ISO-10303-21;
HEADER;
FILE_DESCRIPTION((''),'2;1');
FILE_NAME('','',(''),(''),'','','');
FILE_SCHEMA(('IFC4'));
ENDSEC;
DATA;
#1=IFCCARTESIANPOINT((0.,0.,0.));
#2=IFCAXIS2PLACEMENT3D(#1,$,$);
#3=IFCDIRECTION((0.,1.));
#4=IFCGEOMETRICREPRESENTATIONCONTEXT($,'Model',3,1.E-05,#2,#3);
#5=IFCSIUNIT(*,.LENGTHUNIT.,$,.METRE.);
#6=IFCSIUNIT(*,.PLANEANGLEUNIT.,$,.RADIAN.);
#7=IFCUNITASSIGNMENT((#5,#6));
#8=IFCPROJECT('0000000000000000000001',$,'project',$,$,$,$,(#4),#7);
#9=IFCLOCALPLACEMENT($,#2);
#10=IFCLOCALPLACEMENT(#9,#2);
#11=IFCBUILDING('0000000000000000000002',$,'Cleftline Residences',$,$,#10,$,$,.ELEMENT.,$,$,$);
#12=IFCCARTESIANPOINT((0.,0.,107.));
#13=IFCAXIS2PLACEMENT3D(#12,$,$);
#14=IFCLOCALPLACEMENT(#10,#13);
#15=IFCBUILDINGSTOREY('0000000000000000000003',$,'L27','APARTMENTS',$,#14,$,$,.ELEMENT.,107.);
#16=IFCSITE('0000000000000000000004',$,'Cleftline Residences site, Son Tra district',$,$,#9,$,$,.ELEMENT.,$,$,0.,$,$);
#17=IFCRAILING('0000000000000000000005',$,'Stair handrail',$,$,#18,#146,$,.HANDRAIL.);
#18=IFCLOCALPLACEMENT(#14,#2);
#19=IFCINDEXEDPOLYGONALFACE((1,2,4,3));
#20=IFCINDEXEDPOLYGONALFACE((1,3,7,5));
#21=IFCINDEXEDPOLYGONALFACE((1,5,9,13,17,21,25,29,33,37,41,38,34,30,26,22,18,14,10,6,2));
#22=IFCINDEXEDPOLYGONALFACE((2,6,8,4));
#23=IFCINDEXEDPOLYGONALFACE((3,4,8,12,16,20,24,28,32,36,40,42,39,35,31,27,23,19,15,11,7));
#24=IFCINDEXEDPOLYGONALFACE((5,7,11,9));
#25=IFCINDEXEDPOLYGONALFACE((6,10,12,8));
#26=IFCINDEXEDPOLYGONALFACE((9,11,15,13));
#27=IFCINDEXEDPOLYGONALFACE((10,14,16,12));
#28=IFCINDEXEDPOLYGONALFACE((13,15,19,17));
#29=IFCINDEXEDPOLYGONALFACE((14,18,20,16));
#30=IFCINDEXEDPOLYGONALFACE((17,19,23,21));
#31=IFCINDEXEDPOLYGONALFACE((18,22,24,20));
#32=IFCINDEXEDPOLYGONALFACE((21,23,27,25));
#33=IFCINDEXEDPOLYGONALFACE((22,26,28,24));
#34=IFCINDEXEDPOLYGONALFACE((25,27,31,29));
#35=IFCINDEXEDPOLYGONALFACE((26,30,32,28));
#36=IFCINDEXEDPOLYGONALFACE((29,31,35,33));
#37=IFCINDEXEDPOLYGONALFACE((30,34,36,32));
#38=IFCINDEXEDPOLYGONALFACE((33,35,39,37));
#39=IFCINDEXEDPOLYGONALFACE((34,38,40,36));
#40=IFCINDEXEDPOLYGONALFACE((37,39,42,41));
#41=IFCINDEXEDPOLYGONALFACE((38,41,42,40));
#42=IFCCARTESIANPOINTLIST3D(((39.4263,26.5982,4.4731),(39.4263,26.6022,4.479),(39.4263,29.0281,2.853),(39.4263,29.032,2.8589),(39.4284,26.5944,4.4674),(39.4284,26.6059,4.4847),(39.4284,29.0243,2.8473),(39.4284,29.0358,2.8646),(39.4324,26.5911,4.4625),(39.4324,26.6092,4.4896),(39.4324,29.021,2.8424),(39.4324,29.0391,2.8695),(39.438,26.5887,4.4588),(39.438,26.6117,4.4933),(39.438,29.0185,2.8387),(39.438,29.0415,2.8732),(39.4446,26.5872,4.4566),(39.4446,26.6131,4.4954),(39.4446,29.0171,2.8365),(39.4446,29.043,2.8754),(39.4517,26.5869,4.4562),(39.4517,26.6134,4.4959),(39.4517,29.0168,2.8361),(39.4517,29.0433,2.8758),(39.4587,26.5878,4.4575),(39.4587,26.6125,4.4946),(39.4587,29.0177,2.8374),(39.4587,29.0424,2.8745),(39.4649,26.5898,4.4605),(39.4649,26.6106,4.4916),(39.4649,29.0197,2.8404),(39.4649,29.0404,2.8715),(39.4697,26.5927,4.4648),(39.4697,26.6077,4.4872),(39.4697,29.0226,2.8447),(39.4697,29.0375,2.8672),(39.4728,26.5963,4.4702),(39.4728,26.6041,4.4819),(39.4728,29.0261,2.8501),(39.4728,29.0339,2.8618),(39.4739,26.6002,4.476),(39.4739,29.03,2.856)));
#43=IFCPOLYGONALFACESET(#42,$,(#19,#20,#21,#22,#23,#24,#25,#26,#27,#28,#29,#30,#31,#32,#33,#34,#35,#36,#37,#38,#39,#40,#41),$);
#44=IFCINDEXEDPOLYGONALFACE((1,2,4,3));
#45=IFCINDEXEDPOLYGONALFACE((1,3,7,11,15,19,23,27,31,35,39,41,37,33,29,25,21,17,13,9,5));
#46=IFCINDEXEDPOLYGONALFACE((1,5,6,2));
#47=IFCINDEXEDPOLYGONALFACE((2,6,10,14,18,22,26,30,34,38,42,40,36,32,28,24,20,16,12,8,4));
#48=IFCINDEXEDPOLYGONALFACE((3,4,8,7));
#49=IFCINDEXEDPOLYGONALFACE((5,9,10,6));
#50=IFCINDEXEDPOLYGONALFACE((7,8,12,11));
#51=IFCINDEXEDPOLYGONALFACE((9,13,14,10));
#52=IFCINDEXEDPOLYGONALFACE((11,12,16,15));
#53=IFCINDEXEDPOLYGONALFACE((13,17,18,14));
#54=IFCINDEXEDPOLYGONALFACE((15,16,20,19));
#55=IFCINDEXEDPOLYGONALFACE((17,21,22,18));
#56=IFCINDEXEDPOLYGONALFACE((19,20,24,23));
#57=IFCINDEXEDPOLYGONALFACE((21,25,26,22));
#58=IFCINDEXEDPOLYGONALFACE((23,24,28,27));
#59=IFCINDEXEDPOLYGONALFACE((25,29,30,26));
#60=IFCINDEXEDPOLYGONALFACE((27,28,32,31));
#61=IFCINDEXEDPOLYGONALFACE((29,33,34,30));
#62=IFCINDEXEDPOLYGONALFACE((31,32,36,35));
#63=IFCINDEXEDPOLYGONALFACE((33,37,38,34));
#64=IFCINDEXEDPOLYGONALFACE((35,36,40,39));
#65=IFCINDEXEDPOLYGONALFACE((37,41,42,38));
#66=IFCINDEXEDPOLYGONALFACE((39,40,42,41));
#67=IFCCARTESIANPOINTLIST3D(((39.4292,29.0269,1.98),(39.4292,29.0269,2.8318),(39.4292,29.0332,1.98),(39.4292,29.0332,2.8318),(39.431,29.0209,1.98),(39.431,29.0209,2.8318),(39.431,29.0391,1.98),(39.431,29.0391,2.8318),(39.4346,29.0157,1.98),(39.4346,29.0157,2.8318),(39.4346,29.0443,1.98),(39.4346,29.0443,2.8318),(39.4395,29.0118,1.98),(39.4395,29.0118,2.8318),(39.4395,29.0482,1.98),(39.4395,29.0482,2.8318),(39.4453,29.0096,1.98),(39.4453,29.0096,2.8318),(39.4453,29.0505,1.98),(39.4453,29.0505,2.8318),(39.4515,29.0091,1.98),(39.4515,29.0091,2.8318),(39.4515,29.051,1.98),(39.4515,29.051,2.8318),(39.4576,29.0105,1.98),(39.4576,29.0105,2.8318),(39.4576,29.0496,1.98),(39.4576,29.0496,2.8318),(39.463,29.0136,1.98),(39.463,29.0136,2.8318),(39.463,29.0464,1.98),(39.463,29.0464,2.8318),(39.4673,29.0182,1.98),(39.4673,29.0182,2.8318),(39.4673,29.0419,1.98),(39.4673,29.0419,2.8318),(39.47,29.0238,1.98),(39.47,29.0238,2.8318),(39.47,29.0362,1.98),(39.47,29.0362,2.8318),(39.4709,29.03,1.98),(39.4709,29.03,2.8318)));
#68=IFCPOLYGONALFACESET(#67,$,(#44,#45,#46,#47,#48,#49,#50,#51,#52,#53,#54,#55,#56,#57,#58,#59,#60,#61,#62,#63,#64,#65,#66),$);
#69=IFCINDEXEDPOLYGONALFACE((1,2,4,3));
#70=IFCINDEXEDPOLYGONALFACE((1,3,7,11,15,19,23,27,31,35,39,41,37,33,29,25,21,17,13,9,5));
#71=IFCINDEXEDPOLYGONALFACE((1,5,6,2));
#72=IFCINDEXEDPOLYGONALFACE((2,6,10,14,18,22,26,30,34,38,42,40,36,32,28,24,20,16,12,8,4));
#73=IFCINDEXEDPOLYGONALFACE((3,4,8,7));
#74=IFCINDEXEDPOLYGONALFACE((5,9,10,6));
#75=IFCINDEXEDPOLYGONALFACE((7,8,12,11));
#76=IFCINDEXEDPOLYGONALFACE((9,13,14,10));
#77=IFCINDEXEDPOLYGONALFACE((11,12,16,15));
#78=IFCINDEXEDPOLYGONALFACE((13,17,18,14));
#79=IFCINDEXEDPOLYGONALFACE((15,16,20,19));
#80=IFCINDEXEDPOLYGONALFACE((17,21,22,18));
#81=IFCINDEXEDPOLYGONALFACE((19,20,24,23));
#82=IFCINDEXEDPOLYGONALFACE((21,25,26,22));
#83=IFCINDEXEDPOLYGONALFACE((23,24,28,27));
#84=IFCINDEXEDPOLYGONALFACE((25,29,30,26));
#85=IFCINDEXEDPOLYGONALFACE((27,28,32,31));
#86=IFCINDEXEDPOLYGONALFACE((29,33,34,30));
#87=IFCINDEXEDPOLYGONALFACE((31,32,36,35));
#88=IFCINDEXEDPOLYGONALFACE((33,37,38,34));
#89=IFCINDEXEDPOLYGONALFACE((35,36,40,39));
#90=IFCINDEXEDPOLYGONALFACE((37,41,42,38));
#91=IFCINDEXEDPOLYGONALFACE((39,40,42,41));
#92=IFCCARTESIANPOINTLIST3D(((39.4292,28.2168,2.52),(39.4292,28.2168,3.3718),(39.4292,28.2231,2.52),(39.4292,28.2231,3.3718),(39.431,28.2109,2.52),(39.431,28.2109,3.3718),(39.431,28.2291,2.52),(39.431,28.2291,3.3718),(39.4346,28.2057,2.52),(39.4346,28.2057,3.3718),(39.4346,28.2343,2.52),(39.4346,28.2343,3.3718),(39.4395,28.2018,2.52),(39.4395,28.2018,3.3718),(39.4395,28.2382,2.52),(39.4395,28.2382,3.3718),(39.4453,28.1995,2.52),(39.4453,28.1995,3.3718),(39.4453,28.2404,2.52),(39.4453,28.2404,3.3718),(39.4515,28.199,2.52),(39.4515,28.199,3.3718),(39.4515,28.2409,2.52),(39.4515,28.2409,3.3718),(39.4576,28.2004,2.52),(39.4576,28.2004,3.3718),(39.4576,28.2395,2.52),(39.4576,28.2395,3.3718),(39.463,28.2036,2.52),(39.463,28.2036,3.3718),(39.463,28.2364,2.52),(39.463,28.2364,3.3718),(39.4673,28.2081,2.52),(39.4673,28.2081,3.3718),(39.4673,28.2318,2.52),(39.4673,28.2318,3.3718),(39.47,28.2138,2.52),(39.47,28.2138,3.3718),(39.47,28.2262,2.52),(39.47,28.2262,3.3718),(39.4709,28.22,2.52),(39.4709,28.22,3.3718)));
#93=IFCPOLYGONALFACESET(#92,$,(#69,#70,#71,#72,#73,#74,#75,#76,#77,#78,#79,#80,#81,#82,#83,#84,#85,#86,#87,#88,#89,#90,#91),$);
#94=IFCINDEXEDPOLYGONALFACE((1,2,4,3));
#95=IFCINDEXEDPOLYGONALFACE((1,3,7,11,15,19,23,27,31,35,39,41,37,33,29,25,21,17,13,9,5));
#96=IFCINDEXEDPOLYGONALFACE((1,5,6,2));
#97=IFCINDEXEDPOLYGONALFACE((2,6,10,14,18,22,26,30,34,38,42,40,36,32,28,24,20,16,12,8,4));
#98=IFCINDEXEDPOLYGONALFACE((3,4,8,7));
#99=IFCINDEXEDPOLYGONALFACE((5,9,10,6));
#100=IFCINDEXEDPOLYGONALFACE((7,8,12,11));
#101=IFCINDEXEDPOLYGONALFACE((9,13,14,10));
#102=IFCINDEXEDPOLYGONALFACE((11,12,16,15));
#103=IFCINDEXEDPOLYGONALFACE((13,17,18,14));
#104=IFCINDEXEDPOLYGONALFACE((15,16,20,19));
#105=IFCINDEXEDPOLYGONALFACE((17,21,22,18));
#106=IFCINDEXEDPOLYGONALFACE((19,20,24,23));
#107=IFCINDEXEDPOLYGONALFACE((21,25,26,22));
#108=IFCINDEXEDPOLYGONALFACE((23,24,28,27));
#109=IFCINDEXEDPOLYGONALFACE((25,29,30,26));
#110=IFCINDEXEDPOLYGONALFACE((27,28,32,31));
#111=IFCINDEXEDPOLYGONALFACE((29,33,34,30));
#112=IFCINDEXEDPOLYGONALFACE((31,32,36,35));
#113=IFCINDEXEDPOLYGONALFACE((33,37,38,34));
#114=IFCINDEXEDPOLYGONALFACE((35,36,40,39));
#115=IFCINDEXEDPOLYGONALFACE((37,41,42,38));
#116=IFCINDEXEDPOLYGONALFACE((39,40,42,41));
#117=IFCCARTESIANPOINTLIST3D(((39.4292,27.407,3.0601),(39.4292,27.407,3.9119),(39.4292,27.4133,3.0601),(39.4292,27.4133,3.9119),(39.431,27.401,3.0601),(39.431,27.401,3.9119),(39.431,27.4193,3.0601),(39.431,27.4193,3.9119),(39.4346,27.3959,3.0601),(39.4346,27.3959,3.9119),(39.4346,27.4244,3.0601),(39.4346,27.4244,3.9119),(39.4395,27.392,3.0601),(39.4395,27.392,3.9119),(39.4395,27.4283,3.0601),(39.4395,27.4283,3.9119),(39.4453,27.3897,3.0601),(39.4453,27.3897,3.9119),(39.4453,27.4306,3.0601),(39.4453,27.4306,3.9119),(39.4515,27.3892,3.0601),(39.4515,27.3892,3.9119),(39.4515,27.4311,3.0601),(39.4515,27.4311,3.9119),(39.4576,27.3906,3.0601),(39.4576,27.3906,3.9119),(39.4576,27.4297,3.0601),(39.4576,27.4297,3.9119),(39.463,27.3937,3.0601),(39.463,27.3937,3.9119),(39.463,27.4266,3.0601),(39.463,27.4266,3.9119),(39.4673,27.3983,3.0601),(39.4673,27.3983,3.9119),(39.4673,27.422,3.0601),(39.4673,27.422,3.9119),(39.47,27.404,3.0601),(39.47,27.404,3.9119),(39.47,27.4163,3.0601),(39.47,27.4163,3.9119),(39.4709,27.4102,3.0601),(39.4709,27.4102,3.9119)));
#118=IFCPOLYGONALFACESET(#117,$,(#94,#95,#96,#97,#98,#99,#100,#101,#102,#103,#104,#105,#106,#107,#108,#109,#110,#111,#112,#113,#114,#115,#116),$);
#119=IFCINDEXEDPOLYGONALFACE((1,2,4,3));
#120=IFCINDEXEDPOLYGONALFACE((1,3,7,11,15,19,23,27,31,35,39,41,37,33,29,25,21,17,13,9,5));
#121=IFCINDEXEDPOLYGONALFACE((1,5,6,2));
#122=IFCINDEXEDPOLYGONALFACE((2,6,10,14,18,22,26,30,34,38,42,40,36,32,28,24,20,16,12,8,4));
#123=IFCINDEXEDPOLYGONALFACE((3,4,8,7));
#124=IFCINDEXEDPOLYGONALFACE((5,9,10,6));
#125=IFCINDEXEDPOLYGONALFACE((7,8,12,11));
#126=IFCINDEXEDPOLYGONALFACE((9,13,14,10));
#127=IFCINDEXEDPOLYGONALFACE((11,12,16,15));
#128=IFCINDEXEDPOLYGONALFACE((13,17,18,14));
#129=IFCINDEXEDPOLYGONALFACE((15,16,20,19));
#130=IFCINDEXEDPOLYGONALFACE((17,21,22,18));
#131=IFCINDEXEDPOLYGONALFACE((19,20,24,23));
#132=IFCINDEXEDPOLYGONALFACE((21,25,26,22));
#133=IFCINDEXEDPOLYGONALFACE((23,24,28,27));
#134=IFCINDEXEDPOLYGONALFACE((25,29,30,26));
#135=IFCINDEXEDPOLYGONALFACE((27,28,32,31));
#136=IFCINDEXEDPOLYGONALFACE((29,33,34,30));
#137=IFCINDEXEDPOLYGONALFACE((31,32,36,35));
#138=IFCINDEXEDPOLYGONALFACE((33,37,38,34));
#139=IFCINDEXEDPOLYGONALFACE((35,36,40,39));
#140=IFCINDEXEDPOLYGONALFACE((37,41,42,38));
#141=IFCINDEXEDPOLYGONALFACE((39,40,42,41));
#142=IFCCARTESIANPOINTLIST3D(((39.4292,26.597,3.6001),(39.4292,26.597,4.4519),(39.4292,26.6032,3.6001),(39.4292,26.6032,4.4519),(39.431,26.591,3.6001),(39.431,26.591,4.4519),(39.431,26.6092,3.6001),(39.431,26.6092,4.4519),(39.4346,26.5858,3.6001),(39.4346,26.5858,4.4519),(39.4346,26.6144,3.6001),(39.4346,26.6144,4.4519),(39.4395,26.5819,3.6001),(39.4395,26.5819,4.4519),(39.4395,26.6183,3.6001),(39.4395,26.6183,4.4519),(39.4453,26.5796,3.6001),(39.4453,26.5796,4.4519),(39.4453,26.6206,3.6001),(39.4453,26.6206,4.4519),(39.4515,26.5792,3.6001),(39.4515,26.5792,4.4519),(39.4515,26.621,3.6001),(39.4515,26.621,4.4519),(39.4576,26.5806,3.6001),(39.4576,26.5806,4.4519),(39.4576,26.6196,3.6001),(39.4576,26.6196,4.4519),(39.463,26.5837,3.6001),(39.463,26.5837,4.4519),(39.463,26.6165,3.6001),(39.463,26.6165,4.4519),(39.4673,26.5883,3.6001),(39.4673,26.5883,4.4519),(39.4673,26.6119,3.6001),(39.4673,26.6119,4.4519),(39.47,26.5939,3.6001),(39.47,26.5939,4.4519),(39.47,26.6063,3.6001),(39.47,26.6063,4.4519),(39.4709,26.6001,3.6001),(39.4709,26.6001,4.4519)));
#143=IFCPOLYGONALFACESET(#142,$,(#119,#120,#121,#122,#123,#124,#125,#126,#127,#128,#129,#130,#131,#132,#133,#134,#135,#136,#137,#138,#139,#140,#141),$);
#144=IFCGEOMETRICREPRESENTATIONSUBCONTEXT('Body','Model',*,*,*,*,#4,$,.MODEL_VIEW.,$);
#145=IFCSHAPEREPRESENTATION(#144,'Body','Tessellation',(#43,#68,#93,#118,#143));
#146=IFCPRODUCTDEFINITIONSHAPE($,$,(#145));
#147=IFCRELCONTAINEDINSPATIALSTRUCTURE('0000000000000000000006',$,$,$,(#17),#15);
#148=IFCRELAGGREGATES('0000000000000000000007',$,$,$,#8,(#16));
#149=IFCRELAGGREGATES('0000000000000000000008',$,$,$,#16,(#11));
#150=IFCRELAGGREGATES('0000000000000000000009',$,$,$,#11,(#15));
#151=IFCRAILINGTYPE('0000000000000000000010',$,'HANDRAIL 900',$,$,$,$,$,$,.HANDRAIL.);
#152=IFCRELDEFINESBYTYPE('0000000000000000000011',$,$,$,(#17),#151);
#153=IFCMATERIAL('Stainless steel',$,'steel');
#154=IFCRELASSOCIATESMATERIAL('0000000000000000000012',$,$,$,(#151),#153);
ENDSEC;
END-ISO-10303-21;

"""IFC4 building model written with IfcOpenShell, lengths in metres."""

from ifc_helpers import new_model, si_unit, direction, frame, origin, origin_2d, place, context, subcontext, project, spatial, circle, extrude, material, type_object, element, save


model = new_model("IFC4")

# Units and contexts
model_context = context("Model", 3, precision=1e-05, world=origin(), true_north=direction((0.0, 1.0)))
body_context = subcontext(model_context, "Body", "Model", "MODEL_VIEW")
ifc_project = project(units=[si_unit("LENGTHUNIT", "METRE"), si_unit("PLANEANGLEUNIT", "RADIAN")], contexts=[model_context])

# Site, building, storey
site_placement = place(None, origin())
site = spatial("IfcSite", under=ifc_project, at=site_placement, Name="Cleftline Residences site, Son Tra district", CompositionType="ELEMENT", RefElevation=0.0)
building_placement = place(site_placement, origin())
building = spatial("IfcBuilding", under=site, at=building_placement, Name="Cleftline Residences", CompositionType="ELEMENT")
storey_placement = place(building_placement, frame((0.0, 0.0, 107.0)))
storey = spatial("IfcBuildingStorey", under=building, at=storey_placement, Name="L27", Description="APARTMENTS", CompositionType="ELEMENT", Elevation=107.0)

# Railing
ifc_material_1 = material(Name="Stainless steel", Category="steel")
railing_type = type_object("IfcRailingType", Name="HANDRAIL 900", PredefinedType="HANDRAIL", material=ifc_material_1)
railing_1_placement = place(storey_placement, frame((39.45, 29.03, 1.98)))
element("IfcRailing", 1, at=railing_1_placement, inside=storey, type_object=railing_type, Name="Stair handrail", PredefinedType="HANDRAIL", context=body_context, shape_type="SweptSolid", body=[
    extrude(circle(Radius=0.0239, at=origin_2d()), frame((0.0, 0.0, 0.876), z_axis=(0.0, -0.832025, 0.554739), x_axis=(1.0, 0.0, 0.0)), (0.0, 0.0, 1.0), 2.9204),
    extrude(circle(Radius=0.021, at=origin_2d()), origin(), (0.0, 0.0, 1.0), 0.8518),
    extrude(circle(Radius=0.021, at=origin_2d()), frame((0.0, -0.8101, 0.54)), (0.0, 0.0, 1.0), 0.8518),
    extrude(circle(Radius=0.021, at=origin_2d()), frame((0.0, -1.6199, 1.0801)), (0.0, 0.0, 1.0), 0.8518),
    extrude(circle(Radius=0.021, at=origin_2d()), frame((0.0, -2.4299, 1.6201)), (0.0, 0.0, 1.0), 0.8518),
])

save(model, "model.ifc")
